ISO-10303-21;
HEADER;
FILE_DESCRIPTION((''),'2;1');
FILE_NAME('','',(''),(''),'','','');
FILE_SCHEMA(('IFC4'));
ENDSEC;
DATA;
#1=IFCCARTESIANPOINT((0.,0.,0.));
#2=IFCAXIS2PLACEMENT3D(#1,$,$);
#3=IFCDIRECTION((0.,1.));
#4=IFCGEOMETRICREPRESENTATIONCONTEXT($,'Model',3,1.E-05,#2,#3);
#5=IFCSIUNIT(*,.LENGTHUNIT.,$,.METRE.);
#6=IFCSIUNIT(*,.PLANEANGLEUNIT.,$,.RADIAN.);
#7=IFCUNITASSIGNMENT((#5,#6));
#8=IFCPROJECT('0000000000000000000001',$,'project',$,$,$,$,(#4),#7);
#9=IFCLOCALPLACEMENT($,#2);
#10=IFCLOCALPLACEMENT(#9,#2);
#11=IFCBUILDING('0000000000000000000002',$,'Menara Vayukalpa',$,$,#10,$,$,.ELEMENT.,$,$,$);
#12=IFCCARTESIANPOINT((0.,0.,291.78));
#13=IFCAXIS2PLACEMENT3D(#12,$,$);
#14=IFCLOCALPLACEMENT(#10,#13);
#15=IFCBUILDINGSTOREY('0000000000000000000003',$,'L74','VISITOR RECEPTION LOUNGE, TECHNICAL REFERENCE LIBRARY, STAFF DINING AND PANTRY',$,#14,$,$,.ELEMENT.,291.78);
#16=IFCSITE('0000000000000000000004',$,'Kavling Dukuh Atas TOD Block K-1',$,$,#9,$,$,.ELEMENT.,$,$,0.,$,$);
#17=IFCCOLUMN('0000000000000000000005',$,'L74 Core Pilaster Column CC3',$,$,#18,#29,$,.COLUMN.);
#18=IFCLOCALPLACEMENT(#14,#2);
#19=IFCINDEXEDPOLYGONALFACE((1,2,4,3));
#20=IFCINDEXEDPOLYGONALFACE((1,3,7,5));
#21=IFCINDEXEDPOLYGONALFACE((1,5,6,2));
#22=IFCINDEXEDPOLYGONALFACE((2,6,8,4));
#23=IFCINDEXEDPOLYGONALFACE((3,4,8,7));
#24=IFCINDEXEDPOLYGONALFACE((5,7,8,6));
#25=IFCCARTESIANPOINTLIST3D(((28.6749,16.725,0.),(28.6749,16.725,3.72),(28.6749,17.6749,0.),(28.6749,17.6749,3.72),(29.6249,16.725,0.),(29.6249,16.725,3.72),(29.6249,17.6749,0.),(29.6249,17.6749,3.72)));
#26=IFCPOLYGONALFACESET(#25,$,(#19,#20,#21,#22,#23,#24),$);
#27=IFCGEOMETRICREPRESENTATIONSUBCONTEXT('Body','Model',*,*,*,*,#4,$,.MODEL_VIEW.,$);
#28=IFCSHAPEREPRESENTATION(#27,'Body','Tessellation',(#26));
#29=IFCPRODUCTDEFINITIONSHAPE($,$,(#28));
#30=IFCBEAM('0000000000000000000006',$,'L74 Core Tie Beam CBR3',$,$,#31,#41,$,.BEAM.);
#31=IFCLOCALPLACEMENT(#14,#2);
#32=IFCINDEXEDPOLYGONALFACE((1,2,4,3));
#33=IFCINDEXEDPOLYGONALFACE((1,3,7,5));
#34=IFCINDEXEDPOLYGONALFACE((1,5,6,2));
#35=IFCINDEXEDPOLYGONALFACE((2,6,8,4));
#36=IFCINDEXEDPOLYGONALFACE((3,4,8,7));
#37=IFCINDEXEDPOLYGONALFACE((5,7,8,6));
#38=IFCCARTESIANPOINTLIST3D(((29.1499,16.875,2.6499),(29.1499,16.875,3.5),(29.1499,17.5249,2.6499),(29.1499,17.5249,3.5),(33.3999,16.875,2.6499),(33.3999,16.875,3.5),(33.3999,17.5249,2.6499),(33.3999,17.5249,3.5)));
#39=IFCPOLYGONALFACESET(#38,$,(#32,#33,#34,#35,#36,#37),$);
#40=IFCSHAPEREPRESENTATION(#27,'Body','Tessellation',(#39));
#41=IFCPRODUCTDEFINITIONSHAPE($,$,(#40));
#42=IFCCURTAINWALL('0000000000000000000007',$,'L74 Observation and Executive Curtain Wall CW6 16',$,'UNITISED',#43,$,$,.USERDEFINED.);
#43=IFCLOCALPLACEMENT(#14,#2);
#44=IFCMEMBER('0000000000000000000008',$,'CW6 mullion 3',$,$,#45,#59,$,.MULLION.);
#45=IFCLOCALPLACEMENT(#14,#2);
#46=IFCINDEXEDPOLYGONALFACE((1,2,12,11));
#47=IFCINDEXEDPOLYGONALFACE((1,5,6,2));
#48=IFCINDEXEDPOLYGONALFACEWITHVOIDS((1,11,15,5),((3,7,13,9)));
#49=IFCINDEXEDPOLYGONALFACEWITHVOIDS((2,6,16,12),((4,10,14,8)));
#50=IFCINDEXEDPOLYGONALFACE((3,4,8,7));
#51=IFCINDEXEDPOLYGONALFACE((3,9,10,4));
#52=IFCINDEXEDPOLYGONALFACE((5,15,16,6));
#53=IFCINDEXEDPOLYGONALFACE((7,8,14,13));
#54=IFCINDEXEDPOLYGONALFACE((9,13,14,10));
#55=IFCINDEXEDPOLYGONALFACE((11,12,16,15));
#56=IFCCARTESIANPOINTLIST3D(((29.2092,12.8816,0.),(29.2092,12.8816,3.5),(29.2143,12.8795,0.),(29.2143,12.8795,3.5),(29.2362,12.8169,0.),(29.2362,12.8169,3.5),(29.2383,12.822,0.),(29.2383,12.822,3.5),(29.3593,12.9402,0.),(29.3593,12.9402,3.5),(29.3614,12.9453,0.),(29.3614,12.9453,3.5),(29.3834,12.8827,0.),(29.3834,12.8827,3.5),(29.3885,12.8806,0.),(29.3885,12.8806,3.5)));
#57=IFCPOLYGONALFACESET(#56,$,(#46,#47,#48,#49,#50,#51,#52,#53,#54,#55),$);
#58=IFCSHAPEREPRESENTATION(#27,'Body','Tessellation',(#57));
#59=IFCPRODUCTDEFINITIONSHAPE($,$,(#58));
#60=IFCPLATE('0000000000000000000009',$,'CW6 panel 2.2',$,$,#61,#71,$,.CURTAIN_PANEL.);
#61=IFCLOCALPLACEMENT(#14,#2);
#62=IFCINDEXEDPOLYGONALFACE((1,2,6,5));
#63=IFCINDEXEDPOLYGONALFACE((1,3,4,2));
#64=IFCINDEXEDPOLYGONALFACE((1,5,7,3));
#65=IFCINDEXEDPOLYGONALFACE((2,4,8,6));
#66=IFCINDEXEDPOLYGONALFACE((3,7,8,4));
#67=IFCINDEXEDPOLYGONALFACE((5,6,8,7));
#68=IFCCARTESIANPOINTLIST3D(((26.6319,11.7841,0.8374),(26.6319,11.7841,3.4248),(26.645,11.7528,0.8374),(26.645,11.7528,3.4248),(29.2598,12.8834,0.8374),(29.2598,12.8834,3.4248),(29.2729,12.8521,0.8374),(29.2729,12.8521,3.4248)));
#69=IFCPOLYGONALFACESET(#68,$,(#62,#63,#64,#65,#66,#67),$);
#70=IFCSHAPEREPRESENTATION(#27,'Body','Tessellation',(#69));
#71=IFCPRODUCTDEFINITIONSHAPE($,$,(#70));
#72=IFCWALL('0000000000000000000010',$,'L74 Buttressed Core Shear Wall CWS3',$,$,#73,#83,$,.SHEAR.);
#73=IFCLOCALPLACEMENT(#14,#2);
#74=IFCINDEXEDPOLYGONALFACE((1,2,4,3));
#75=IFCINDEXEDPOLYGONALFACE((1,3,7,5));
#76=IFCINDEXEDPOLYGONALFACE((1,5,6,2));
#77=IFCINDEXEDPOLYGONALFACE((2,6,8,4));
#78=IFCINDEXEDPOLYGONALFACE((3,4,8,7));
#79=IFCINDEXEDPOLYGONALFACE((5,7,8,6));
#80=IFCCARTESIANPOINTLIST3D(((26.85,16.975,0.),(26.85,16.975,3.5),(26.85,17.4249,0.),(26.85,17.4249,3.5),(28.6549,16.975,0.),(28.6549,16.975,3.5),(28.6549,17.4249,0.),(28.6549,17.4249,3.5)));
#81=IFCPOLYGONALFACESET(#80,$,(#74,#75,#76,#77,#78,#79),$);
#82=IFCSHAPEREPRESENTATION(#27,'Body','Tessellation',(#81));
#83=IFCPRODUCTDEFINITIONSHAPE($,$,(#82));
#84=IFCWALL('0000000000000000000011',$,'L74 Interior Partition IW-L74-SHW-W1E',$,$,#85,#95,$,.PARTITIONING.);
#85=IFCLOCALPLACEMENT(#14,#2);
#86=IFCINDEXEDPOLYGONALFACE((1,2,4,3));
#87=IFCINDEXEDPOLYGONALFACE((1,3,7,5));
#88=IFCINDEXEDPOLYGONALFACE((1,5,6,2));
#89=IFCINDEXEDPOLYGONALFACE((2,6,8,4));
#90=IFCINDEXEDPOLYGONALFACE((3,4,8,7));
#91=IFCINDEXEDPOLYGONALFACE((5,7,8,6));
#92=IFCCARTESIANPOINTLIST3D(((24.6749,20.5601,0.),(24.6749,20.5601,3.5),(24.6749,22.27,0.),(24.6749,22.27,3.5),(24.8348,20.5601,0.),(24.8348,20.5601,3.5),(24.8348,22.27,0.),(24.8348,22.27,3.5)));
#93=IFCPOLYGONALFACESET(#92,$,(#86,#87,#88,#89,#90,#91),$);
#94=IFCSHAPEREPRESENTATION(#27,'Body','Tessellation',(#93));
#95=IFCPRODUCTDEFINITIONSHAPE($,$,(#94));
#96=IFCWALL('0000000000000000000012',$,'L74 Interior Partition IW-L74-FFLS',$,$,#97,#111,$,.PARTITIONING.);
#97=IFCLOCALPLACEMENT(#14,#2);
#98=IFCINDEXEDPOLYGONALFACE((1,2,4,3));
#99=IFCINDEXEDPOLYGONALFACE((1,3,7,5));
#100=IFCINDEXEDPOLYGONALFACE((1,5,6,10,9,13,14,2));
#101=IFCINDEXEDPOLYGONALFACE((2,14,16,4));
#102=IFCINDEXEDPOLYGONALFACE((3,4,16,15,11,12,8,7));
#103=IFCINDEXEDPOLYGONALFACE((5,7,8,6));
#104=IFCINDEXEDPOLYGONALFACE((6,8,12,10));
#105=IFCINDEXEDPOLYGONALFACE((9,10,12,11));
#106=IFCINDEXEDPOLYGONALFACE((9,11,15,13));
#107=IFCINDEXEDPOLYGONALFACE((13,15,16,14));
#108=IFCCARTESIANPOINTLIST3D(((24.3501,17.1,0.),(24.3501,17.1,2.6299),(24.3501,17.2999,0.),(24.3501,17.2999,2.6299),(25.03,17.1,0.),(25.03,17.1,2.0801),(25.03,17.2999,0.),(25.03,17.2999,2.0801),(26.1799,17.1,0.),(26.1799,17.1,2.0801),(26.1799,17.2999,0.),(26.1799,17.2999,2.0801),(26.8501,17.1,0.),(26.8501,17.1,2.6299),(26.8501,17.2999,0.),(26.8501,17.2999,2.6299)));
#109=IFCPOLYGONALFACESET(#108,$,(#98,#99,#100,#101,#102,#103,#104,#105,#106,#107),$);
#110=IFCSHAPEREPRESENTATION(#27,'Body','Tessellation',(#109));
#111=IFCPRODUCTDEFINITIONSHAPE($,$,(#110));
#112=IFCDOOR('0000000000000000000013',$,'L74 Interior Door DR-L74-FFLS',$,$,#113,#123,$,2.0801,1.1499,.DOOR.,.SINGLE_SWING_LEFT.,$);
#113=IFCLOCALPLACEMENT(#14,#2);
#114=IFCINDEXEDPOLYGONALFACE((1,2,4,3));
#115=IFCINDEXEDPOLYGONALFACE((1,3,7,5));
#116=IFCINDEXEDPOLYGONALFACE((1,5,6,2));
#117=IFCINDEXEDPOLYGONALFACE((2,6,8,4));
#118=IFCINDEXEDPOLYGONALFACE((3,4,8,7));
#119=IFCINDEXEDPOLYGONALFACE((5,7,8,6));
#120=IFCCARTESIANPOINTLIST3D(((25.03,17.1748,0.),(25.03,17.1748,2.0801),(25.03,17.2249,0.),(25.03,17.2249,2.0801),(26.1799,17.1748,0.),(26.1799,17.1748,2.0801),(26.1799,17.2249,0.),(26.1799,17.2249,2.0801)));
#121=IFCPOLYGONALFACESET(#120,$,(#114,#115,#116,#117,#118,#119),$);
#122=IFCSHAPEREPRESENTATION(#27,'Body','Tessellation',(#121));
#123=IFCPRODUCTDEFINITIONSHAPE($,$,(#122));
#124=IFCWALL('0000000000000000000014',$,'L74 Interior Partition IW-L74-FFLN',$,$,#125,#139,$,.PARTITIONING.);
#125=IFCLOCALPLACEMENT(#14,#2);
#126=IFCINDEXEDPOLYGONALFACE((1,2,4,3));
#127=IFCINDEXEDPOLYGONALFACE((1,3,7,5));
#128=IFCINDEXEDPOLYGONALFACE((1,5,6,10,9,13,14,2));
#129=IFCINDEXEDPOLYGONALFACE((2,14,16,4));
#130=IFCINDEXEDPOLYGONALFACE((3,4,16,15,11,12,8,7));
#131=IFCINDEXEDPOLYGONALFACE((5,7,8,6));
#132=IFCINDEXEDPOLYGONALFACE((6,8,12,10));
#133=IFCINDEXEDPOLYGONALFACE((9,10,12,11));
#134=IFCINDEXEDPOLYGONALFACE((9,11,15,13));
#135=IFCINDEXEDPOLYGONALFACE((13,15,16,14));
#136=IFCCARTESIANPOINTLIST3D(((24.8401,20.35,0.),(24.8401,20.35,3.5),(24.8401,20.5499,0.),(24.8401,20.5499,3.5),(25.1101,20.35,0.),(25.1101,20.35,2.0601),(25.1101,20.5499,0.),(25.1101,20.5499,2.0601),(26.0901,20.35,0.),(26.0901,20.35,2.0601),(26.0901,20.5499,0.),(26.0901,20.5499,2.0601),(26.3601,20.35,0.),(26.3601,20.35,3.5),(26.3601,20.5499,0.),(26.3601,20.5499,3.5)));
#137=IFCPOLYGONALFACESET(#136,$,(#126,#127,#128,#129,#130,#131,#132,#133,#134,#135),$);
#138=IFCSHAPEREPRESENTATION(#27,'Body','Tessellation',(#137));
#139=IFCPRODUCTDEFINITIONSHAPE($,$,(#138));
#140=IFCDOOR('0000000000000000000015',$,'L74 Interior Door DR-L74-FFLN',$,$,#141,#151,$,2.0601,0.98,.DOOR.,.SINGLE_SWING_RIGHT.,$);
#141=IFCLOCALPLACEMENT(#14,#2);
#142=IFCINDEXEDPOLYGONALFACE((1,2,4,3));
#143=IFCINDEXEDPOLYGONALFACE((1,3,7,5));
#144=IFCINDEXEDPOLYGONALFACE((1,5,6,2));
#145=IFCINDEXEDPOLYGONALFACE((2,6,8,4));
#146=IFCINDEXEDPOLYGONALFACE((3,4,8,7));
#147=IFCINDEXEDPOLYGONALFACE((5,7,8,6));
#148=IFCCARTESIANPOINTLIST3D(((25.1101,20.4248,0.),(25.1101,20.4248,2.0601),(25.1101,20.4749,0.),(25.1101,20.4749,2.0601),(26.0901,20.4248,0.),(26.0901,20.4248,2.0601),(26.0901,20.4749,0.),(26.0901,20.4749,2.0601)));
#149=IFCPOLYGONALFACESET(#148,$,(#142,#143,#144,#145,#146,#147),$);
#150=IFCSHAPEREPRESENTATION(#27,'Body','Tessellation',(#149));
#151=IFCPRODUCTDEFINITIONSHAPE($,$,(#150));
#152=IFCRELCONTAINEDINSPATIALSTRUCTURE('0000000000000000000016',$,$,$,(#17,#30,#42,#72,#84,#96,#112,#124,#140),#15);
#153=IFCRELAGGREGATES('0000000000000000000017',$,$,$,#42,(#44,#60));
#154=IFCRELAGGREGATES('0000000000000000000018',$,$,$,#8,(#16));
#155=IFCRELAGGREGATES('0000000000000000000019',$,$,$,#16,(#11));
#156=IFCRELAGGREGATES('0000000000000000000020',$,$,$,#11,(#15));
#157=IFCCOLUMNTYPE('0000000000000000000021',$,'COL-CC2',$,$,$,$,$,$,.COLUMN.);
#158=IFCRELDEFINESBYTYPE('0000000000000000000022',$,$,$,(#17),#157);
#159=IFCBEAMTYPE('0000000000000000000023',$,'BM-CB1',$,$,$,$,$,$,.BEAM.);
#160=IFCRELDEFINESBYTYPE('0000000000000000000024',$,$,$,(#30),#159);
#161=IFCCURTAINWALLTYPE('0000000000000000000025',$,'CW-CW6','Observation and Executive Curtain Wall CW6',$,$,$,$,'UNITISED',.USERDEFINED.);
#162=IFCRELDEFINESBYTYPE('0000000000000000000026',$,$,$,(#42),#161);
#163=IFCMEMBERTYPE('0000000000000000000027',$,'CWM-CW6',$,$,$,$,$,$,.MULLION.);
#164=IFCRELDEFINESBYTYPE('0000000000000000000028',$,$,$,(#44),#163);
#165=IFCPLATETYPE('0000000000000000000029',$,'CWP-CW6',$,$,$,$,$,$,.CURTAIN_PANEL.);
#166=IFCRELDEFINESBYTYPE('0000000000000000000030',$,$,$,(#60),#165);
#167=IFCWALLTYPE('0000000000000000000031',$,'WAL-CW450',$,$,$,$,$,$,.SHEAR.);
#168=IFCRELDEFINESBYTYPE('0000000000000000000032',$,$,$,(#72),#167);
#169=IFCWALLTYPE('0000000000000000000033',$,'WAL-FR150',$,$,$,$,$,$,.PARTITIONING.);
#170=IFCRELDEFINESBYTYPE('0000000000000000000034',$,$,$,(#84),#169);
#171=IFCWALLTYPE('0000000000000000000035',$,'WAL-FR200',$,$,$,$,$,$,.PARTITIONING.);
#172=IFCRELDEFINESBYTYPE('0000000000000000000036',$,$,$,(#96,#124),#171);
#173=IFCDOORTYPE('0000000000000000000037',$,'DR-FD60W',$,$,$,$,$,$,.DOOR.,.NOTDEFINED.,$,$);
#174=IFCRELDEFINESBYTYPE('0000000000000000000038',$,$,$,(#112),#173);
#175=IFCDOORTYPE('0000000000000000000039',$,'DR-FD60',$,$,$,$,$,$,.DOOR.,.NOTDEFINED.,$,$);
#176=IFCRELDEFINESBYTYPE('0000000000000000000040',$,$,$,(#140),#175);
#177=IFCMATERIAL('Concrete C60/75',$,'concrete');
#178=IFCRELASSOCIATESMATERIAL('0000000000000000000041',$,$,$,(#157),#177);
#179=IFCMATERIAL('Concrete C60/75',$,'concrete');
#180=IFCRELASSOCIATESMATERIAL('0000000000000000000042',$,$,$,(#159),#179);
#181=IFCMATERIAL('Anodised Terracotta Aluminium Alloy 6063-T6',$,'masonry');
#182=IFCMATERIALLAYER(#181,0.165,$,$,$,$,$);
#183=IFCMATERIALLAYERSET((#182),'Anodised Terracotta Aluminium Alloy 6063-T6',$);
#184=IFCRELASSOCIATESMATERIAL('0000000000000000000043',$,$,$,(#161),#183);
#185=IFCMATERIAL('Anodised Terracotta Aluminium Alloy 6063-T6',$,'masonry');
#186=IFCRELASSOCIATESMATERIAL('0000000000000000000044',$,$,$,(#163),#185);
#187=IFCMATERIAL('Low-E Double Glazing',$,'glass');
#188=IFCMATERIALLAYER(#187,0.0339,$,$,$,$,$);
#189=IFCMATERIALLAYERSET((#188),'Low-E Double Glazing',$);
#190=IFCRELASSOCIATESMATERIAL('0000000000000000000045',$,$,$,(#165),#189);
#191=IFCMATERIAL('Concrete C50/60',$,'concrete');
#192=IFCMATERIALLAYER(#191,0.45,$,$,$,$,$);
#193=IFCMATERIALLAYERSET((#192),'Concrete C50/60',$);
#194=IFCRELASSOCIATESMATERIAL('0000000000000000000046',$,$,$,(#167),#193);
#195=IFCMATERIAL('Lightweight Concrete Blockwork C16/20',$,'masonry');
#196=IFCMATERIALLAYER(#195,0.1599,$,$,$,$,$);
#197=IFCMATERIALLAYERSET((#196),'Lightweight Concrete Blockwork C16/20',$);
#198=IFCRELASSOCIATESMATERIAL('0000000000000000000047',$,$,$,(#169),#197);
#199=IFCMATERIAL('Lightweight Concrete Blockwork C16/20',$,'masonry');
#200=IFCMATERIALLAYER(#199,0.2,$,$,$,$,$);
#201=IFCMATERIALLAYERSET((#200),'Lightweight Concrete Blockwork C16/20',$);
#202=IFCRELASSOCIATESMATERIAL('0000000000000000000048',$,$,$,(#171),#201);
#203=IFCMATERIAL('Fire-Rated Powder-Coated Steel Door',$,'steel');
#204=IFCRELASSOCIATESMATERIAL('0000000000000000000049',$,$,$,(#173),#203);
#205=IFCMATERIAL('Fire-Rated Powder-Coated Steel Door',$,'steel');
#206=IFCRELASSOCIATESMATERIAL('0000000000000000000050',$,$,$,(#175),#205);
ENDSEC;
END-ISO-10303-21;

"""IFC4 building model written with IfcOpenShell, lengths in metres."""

from ifc_helpers import new_model, si_unit, direction, frame, frame_2d, origin, origin_2d, place, context, subcontext, project, spatial, rectangle, hollow_rectangle, extrude, material, layer, layer_set, material_profile, profile_set, type_object, element, fill, aggregate, save


model = new_model("IFC4")

# Units and contexts
model_context = context("Model", 3, precision=1e-05, world=origin(), true_north=direction((0.0, 1.0)))
body_context = subcontext(model_context, "Body", "Model", "MODEL_VIEW")
ifc_project = project(units=[si_unit("LENGTHUNIT", "METRE"), si_unit("PLANEANGLEUNIT", "RADIAN")], contexts=[model_context])

# Site, building, storey
site_placement = place(None, origin())
site = spatial("IfcSite", under=ifc_project, at=site_placement, Name="Kavling Dukuh Atas TOD Block K-1", CompositionType="ELEMENT", RefElevation=0.0)
building_placement = place(site_placement, origin())
building = spatial("IfcBuilding", under=site, at=building_placement, Name="Menara Vayukalpa", CompositionType="ELEMENT")
storey_placement = place(building_placement, frame((0.0, 0.0, 291.78)))
storey = spatial("IfcBuildingStorey", under=building, at=storey_placement, Name="L74", Description="VISITOR RECEPTION LOUNGE, TECHNICAL REFERENCE LIBRARY, STAFF DINING AND PANTRY", CompositionType="ELEMENT", Elevation=291.78)

# Column
ifc_material_1 = material(Name="Concrete C60/75", Category="concrete")
ifc_material_profile_1 = material_profile(ifc_material_1, rectangle(XDim=0.95, YDim=0.95, at=origin_2d()), Name="RC 950x950")
ifc_profile_set_1 = profile_set([ifc_material_profile_1], Name="Concrete C60/75")
column_type = type_object("IfcColumnType", Name="COL-CC2", PredefinedType="COLUMN", material=ifc_profile_set_1)
column_placement = place(storey_placement, frame((29.1499, 17.2, 0.0), z_axis=(0.0, 0.0, 1.0), x_axis=(1.0, 0.0, 0.0)))
element("IfcColumn", 1, at=column_placement, inside=storey, type_object=column_type, Name="L74 Core Pilaster Column CC3", PredefinedType="COLUMN", context=body_context, shape_type="SweptSolid", body=[
    extrude(rectangle(XDim=0.95, YDim=0.95, at=origin_2d()), origin(), (0.0, 0.0, 1.0), 3.72),
])

# Beam
ifc_material_2 = material(Name="Concrete C60/75", Category="concrete")
ifc_material_profile_2 = material_profile(ifc_material_2, rectangle(XDim=0.6499, YDim=0.8501, at=origin_2d()), Name="RC 650x850")
ifc_profile_set_2 = profile_set([ifc_material_profile_2], Name="Concrete C60/75")
beam_type = type_object("IfcBeamType", Name="BM-CB1", PredefinedType="BEAM", material=ifc_profile_set_2)
beam_placement = place(storey_placement, frame((29.1499, 17.2, 3.075), z_axis=(1.0, 0.0, 0.0), x_axis=(0.0, 1.0, 0.0)))
element("IfcBeam", 2, at=beam_placement, inside=storey, type_object=beam_type, Name="L74 Core Tie Beam CBR3", PredefinedType="BEAM", context=body_context, shape_type="SweptSolid", body=[
    extrude(rectangle(XDim=0.6499, YDim=0.8501, at=origin_2d()), origin(), (0.0, 0.0, 1.0), 4.25),
])

# Curtain wall, member, plate
ifc_material_3 = material(Name="Anodised Terracotta Aluminium Alloy 6063-T6", Category="masonry")
ifc_layer_1 = layer(ifc_material_3, 0.165)
ifc_layer_set_1 = layer_set([ifc_layer_1], Name="Anodised Terracotta Aluminium Alloy 6063-T6")
curtain_wall_type = type_object("IfcCurtainWallType", Name="CW-CW6", Description="Observation and Executive Curtain Wall CW6", ElementType="UNITISED", PredefinedType="USERDEFINED", material=ifc_layer_set_1)
curtain_wall_placement = place(storey_placement, origin())
curtain_wall = element("IfcCurtainWall", 3, at=curtain_wall_placement, inside=storey, type_object=curtain_wall_type, Name="L74 Observation and Executive Curtain Wall CW6 16", ObjectType="UNITISED", PredefinedType="USERDEFINED")
ifc_material_4 = material(Name="Anodised Terracotta Aluminium Alloy 6063-T6", Category="masonry")
ifc_material_profile_3 = material_profile(ifc_material_4, hollow_rectangle(XDim=0.0701, YDim=0.165, WallThickness=0.0039, at=origin_2d()), Name="ALU 70x165x4")
ifc_profile_set_3 = profile_set([ifc_material_profile_3], Name="Anodised Terracotta Aluminium Alloy 6063-T6")
member_type = type_object("IfcMemberType", Name="CWM-CW6", PredefinedType="MULLION", material=ifc_profile_set_3)
member_placement = place(storey_placement, frame((29.2988, 12.8811, 0.0), z_axis=(0.0, 0.0, 1.0), x_axis=(-0.3859, 0.922541, 0.0)))
member = element("IfcMember", 4, at=member_placement, type_object=member_type, Name="CW6 mullion 3", PredefinedType="MULLION", context=body_context, shape_type="SweptSolid", body=[
    extrude(hollow_rectangle(XDim=0.0701, YDim=0.165, WallThickness=0.0039, at=origin_2d()), origin(), (0.0, 0.0, 1.0), 3.5),
])
ifc_material_5 = material(Name="Low-E Double Glazing", Category="glass")
ifc_layer_2 = layer(ifc_material_5, 0.0339)
ifc_layer_set_2 = layer_set([ifc_layer_2], Name="Low-E Double Glazing")
plate_type = type_object("IfcPlateType", Name="CWP-CW6", PredefinedType="CURTAIN_PANEL", material=ifc_layer_set_2)
plate_placement = place(storey_placement, frame((27.9524, 12.3181, 0.8374), z_axis=(0.0, 0.0, 1.0), x_axis=(0.922541, 0.3859, 0.0)))
plate = element("IfcPlate", 5, at=plate_placement, type_object=plate_type, Name="CW6 panel 2.2", PredefinedType="CURTAIN_PANEL", context=body_context, shape_type="SweptSolid", body=[
    extrude(rectangle(XDim=2.8486, YDim=0.0339, at=origin_2d()), origin(), (0.0, 0.0, 1.0), 2.5874),
])
aggregate(curtain_wall, [member, plate])

# Walls
ifc_material_6 = material(Name="Concrete C50/60", Category="concrete")
ifc_layer_3 = layer(ifc_material_6, 0.45)
ifc_layer_set_3 = layer_set([ifc_layer_3], Name="Concrete C50/60")
wall_type_1 = type_object("IfcWallType", Name="WAL-CW450", PredefinedType="SHEAR", material=ifc_layer_set_3)
wall_1_placement = place(storey_placement, frame((26.8501, 17.2, 0.0), z_axis=(0.0, 0.0, 1.0), x_axis=(1.0, 0.0, 0.0)))
element("IfcWall", 6, at=wall_1_placement, inside=storey, type_object=wall_type_1, Name="L74 Buttressed Core Shear Wall CWS3", PredefinedType="SHEAR", context=body_context, shape_type="SweptSolid", body=[
    extrude(rectangle(XDim=1.8049, YDim=0.45, at=frame_2d((0.9023, 0.0))), origin(), (0.0, 0.0, 1.0), 3.5),
])
ifc_material_7 = material(Name="Lightweight Concrete Blockwork C16/20", Category="masonry")
ifc_layer_4 = layer(ifc_material_7, 0.1599)
ifc_layer_set_4 = layer_set([ifc_layer_4], Name="Lightweight Concrete Blockwork C16/20")
wall_type_2 = type_object("IfcWallType", Name="WAL-FR150", PredefinedType="PARTITIONING", material=ifc_layer_set_4)
wall_2_placement = place(storey_placement, frame((24.7549, 20.5601, 0.0), z_axis=(0.0, 0.0, 1.0), x_axis=(0.0, 1.0, 0.0)))
element("IfcWall", 7, at=wall_2_placement, inside=storey, type_object=wall_type_2, Name="L74 Interior Partition IW-L74-SHW-W1E", PredefinedType="PARTITIONING", context=body_context, shape_type="SweptSolid", body=[
    extrude(rectangle(XDim=1.71, YDim=0.1599, at=frame_2d((0.855, 0.0))), origin(), (0.0, 0.0, 1.0), 3.5),
])

# Walls, openings, doors
ifc_material_8 = material(Name="Lightweight Concrete Blockwork C16/20", Category="masonry")
ifc_layer_5 = layer(ifc_material_8, 0.2)
ifc_layer_set_5 = layer_set([ifc_layer_5], Name="Lightweight Concrete Blockwork C16/20")
wall_type_3 = type_object("IfcWallType", Name="WAL-FR200", PredefinedType="PARTITIONING", material=ifc_layer_set_5)
wall_3_placement = place(storey_placement, frame((24.3501, 17.2, 0.0), z_axis=(0.0, 0.0, 1.0), x_axis=(1.0, 0.0, 0.0)))
wall_3 = element("IfcWall", 8, at=wall_3_placement, inside=storey, type_object=wall_type_3, Name="L74 Interior Partition IW-L74-FFLS", PredefinedType="PARTITIONING", context=body_context, shape_type="SweptSolid", body=[
    extrude(rectangle(XDim=2.5, YDim=0.2, at=frame_2d((1.25, 0.0))), origin(), (0.0, 0.0, 1.0), 2.6299),
])
opening_1_placement = place(wall_3_placement, frame((0.6799, 0.0, 0.0)))
opening_1 = element("IfcOpeningElement", 9, at=opening_1_placement, cuts=wall_3, PredefinedType="OPENING", context=body_context, shape_type="SweptSolid", body=[
    extrude(rectangle(XDim=1.1499, YDim=2.0801, at=frame_2d((0.575, 1.04))), frame((0.0, 0.1099, 0.0), z_axis=(0.0, -1.0, 0.0), x_axis=(1.0, 0.0, 0.0)), (0.0, 0.0, 1.0), 0.22),
])
ifc_material_9 = material(Name="Fire-Rated Powder-Coated Steel Door", Category="steel")
door_type_1 = type_object("IfcDoorType", Name="DR-FD60W", OperationType="NOTDEFINED", PredefinedType="DOOR", material=ifc_material_9)
door_1_placement = place(opening_1_placement, origin())
door_1 = element("IfcDoor", 10, at=door_1_placement, inside=storey, type_object=door_type_1, Name="L74 Interior Door DR-L74-FFLS", OperationType="SINGLE_SWING_LEFT", OverallHeight=2.0801, OverallWidth=1.1499, PredefinedType="DOOR", context=body_context, shape_type="SweptSolid", body=[
    extrude(rectangle(XDim=1.1499, YDim=2.0801, at=frame_2d((0.575, 1.04))), frame((0.0, 0.0249, 0.0), z_axis=(0.0, -1.0, 0.0), x_axis=(1.0, 0.0, 0.0)), (0.0, 0.0, 1.0), 0.05),
])
fill(opening_1, door_1)
wall_4_placement = place(storey_placement, frame((24.8401, 20.45, 0.0), z_axis=(0.0, 0.0, 1.0), x_axis=(1.0, 0.0, 0.0)))
wall_4 = element("IfcWall", 11, at=wall_4_placement, inside=storey, type_object=wall_type_3, Name="L74 Interior Partition IW-L74-FFLN", PredefinedType="PARTITIONING", context=body_context, shape_type="SweptSolid", body=[
    extrude(rectangle(XDim=1.52, YDim=0.2, at=frame_2d((0.76, 0.0))), origin(), (0.0, 0.0, 1.0), 3.5),
])
opening_2_placement = place(wall_4_placement, frame((0.27, 0.0, 0.0)))
opening_2 = element("IfcOpeningElement", 12, at=opening_2_placement, cuts=wall_4, PredefinedType="OPENING", context=body_context, shape_type="SweptSolid", body=[
    extrude(rectangle(XDim=0.98, YDim=2.0601, at=frame_2d((0.49, 1.03))), frame((0.0, 0.1099, 0.0), z_axis=(0.0, -1.0, 0.0), x_axis=(1.0, 0.0, 0.0)), (0.0, 0.0, 1.0), 0.22),
])
ifc_material_10 = material(Name="Fire-Rated Powder-Coated Steel Door", Category="steel")
door_type_2 = type_object("IfcDoorType", Name="DR-FD60", OperationType="NOTDEFINED", PredefinedType="DOOR", material=ifc_material_10)
door_2_placement = place(opening_2_placement, origin())
door_2 = element("IfcDoor", 13, at=door_2_placement, inside=storey, type_object=door_type_2, Name="L74 Interior Door DR-L74-FFLN", OperationType="SINGLE_SWING_RIGHT", OverallHeight=2.0601, OverallWidth=0.98, PredefinedType="DOOR", context=body_context, shape_type="SweptSolid", body=[
    extrude(rectangle(XDim=0.98, YDim=2.0601, at=frame_2d((0.49, 1.03))), frame((0.0, 0.0249, 0.0), z_axis=(0.0, -1.0, 0.0), x_axis=(1.0, 0.0, 0.0)), (0.0, 0.0, 1.0), 0.05),
])
fill(opening_2, door_2)

save(model, "model.ifc")
